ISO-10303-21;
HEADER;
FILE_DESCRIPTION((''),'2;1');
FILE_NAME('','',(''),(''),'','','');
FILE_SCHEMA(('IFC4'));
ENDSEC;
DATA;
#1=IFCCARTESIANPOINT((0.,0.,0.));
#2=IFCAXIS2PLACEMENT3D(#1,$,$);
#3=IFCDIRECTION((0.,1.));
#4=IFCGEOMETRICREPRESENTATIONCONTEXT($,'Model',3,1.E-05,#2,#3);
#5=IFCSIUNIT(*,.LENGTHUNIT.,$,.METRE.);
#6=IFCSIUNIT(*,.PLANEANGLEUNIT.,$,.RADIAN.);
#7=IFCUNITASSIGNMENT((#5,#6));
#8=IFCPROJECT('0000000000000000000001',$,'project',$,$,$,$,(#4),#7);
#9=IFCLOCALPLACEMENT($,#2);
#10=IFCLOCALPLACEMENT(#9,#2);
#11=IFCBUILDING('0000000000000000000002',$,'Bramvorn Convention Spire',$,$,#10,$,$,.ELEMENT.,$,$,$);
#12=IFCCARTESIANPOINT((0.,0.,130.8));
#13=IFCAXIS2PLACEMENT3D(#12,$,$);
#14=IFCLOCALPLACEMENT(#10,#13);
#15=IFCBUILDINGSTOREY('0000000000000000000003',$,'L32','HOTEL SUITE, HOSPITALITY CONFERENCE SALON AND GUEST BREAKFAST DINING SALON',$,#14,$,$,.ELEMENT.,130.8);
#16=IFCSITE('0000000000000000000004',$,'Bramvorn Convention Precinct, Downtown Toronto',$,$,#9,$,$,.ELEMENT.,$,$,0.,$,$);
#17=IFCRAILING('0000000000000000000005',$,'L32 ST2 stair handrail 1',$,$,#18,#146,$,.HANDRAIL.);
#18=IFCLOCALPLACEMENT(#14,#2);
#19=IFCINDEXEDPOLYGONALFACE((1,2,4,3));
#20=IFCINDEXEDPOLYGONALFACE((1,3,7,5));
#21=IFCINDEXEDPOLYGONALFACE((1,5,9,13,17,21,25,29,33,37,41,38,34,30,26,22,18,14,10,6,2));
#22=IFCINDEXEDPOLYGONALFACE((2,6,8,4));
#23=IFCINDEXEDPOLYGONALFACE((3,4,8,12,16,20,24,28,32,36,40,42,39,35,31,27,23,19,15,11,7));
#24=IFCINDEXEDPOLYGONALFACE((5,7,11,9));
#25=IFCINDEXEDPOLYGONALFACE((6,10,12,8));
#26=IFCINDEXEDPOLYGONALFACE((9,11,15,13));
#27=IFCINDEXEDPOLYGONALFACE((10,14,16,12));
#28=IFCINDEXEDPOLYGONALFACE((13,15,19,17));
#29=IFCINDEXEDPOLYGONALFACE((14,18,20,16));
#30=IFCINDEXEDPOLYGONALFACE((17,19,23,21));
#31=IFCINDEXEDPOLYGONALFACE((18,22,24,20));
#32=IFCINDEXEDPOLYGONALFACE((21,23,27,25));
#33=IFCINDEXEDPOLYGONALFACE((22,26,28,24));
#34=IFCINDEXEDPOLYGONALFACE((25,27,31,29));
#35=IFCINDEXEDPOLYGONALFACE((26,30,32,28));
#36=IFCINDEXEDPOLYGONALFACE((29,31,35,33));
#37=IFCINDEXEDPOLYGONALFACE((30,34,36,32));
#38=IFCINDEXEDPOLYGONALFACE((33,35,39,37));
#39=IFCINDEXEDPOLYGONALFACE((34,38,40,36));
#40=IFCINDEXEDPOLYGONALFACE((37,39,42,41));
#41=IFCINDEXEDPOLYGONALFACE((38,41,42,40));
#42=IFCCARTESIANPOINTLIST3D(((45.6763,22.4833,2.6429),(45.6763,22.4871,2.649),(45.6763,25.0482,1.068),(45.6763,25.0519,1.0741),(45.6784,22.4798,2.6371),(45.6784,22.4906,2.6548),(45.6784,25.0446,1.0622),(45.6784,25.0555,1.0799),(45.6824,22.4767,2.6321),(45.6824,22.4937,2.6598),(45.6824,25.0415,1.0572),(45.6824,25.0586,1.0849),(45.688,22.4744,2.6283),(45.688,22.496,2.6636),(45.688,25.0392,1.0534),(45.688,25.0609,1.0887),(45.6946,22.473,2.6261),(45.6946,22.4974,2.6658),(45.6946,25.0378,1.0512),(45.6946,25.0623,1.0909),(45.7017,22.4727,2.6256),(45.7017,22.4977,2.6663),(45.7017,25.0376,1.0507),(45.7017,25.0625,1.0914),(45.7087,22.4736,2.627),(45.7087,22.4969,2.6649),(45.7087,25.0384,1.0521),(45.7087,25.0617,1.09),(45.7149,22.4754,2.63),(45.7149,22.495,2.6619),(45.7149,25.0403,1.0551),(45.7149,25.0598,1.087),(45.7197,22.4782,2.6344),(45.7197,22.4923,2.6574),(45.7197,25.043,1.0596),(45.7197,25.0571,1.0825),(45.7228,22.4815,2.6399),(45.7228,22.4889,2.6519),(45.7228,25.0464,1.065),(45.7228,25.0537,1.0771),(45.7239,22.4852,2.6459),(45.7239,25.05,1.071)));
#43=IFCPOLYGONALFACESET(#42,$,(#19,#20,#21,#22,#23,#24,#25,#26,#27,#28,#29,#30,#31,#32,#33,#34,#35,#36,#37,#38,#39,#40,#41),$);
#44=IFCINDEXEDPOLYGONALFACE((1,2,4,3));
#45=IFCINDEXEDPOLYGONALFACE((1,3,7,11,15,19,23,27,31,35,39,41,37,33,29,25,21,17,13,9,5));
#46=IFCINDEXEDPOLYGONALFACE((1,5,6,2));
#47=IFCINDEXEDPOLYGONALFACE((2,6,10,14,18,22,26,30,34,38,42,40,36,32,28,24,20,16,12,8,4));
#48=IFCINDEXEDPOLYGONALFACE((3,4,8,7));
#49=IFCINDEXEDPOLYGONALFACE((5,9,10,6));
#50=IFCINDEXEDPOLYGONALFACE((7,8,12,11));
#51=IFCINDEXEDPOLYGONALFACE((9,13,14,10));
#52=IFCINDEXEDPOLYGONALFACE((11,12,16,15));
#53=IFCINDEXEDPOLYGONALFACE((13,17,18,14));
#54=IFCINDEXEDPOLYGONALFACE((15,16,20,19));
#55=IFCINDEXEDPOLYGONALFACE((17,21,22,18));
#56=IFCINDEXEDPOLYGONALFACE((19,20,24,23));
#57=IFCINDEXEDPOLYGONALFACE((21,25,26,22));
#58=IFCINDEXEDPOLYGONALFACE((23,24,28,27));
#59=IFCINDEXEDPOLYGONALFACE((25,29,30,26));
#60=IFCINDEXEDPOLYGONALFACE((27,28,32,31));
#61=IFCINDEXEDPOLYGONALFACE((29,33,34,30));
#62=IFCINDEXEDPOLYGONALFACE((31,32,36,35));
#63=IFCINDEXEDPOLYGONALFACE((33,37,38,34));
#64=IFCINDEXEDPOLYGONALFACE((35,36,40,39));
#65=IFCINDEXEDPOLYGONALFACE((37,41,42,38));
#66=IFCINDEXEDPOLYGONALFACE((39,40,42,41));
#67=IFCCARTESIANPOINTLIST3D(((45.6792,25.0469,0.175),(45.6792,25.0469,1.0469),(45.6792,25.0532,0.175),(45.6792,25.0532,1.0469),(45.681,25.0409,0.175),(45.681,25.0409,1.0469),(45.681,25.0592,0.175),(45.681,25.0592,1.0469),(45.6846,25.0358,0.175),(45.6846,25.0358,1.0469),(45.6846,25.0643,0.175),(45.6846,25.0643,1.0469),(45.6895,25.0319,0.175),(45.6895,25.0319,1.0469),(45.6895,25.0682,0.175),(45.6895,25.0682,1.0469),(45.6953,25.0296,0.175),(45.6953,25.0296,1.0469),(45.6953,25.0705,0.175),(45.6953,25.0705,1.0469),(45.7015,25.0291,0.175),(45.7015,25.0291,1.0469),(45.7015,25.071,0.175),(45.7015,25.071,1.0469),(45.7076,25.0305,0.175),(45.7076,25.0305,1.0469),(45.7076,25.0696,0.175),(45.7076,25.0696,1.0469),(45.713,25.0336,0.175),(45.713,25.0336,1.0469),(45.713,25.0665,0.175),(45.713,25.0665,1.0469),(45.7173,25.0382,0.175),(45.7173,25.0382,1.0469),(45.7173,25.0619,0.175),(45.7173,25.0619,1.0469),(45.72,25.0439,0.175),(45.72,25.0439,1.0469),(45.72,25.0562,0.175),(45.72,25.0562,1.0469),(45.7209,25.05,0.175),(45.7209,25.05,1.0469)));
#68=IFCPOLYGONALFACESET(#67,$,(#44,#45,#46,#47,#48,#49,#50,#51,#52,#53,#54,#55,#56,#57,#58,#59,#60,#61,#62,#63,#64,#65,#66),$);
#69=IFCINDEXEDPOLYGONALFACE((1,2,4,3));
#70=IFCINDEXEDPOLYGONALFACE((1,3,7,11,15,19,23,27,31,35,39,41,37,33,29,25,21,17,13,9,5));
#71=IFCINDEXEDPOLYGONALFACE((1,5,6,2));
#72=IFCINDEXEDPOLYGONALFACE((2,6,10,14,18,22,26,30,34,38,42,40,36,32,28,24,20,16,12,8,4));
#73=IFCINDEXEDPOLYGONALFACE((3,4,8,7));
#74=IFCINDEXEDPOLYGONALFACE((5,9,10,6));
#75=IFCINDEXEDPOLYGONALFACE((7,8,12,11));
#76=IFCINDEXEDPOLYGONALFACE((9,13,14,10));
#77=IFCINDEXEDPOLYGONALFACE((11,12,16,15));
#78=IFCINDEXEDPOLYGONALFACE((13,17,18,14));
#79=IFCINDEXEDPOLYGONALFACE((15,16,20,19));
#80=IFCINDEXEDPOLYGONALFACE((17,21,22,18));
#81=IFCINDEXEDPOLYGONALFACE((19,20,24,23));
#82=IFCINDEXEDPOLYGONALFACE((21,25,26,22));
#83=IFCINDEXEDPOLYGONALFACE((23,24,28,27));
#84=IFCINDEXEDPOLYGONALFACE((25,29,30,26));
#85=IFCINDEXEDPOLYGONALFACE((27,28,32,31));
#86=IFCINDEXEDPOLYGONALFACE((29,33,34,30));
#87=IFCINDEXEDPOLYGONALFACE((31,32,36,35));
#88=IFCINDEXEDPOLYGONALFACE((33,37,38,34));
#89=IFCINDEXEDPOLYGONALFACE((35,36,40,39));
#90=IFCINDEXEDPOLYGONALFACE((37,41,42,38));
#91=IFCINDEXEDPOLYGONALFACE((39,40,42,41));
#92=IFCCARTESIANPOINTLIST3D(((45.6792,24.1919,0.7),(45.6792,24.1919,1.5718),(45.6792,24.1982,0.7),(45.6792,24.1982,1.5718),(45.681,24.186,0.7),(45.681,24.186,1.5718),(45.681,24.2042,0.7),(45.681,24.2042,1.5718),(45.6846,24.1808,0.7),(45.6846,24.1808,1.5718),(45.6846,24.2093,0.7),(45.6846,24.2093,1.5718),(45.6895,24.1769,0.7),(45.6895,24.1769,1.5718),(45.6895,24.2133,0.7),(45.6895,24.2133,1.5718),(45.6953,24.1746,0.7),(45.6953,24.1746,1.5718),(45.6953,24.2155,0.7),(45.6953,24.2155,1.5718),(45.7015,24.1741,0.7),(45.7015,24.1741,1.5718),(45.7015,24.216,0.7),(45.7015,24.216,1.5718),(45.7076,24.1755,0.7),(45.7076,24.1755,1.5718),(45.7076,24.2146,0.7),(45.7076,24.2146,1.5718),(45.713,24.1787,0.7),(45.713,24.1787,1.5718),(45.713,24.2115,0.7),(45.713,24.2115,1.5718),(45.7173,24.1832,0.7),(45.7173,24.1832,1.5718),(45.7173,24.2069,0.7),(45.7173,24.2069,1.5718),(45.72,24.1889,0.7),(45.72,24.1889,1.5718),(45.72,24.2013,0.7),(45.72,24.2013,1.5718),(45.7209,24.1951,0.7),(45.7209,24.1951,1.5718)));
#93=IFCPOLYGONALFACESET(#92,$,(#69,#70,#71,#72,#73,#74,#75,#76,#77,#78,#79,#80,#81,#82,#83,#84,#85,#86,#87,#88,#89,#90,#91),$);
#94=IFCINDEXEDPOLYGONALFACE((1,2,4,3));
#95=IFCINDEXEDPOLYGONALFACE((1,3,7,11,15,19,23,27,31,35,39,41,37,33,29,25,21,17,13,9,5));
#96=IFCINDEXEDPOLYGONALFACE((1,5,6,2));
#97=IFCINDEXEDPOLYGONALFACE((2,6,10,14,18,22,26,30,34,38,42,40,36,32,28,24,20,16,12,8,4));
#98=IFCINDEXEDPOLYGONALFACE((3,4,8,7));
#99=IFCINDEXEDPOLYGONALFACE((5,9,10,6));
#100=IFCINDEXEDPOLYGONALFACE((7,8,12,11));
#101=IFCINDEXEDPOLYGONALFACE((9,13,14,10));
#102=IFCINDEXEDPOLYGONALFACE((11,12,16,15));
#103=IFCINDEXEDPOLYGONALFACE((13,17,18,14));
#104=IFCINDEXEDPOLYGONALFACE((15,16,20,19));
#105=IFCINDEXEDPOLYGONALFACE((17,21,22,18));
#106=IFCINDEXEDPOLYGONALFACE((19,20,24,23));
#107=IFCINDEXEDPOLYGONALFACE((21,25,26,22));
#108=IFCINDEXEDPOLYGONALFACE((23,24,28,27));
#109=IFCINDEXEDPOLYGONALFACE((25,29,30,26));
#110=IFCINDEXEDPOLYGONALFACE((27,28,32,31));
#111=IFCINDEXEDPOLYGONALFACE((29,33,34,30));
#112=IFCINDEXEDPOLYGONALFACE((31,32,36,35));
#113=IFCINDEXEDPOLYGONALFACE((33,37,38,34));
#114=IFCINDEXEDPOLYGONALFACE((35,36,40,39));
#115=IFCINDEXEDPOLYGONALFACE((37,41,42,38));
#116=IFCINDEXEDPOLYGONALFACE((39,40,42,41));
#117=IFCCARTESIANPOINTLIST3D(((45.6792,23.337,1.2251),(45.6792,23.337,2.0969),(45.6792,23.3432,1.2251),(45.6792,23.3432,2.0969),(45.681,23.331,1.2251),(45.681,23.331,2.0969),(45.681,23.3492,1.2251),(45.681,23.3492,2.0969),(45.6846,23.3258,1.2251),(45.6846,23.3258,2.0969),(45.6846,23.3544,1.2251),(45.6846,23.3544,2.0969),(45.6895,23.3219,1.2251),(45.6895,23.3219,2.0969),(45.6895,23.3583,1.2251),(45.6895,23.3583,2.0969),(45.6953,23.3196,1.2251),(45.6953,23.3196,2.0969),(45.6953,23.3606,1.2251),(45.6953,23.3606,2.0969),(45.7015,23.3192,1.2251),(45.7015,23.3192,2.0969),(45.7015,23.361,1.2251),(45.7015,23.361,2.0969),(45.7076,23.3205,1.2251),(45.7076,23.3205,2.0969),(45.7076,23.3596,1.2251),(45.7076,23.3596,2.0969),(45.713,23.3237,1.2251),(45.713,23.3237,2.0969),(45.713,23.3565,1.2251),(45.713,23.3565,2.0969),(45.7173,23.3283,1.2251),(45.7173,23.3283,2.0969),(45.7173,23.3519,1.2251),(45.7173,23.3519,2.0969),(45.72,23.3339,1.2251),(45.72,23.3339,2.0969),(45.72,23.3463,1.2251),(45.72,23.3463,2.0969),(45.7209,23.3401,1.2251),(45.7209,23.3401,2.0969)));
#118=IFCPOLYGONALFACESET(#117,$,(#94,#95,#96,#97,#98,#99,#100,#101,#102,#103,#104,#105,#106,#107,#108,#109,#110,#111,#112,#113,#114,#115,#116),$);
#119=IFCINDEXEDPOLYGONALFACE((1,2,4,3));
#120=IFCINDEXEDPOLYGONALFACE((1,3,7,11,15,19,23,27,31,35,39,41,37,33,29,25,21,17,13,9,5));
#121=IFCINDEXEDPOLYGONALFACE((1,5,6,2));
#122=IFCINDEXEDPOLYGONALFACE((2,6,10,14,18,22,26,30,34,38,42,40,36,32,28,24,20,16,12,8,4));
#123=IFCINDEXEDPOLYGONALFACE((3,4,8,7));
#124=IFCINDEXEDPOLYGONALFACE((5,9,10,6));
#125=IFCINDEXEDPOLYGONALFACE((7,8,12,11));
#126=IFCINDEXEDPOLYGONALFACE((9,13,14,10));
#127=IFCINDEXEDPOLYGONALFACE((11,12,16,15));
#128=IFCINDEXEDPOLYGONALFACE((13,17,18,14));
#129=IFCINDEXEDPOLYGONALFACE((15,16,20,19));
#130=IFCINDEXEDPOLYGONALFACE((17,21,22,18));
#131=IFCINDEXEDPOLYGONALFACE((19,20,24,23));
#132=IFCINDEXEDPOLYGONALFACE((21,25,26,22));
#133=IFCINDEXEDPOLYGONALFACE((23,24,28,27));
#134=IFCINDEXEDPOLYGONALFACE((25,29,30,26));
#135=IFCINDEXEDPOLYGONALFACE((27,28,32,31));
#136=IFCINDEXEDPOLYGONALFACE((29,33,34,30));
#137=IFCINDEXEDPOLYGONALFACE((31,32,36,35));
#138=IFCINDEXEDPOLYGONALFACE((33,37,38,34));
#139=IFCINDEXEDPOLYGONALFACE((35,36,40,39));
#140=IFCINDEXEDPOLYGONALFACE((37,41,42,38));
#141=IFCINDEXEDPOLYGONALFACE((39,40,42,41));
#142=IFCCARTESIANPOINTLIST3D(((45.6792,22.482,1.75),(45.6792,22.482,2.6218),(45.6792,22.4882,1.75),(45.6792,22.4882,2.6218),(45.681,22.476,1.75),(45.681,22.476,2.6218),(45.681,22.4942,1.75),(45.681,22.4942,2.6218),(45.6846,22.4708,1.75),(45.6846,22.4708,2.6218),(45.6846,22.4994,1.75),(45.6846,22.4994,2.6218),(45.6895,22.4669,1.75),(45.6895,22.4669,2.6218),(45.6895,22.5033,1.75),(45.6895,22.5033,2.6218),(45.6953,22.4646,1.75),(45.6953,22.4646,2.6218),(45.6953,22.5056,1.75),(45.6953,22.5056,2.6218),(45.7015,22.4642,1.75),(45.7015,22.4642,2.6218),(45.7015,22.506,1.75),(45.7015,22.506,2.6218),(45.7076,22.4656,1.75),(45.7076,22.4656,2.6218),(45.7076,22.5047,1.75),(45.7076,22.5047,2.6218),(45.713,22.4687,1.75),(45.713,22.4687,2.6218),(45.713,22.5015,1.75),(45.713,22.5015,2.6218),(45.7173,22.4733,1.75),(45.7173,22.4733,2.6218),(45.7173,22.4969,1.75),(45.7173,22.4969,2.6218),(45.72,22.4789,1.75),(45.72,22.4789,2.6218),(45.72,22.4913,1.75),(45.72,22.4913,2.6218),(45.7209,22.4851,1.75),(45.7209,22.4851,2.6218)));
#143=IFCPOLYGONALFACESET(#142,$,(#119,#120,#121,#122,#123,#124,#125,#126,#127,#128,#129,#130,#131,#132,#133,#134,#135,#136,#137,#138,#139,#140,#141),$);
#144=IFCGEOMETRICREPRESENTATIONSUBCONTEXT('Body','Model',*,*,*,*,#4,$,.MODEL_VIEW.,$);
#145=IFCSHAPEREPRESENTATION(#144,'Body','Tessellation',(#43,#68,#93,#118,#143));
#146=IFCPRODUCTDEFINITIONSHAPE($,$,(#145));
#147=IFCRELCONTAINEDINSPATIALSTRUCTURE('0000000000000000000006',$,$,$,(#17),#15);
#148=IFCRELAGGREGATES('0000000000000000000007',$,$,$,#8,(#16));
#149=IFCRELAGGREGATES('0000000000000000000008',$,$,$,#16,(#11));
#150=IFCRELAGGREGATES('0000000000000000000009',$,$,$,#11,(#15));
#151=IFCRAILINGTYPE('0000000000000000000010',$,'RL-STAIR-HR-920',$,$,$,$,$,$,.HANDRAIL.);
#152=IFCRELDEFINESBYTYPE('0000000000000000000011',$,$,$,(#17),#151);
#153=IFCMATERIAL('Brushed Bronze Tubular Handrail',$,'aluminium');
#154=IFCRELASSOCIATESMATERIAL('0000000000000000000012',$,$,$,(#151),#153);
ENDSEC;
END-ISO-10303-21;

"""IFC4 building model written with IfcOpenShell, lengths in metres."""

from ifc_helpers import new_model, si_unit, direction, frame, origin, origin_2d, place, context, subcontext, project, spatial, circle, extrude, material, type_object, element, save


model = new_model("IFC4")

# Units and contexts
model_context = context("Model", 3, precision=1e-05, world=origin(), true_north=direction((0.0, 1.0)))
body_context = subcontext(model_context, "Body", "Model", "MODEL_VIEW")
ifc_project = project(units=[si_unit("LENGTHUNIT", "METRE"), si_unit("PLANEANGLEUNIT", "RADIAN")], contexts=[model_context])

# Site, building, storey
site_placement = place(None, origin())
site = spatial("IfcSite", under=ifc_project, at=site_placement, Name="Bramvorn Convention Precinct, Downtown Toronto", CompositionType="ELEMENT", RefElevation=0.0)
building_placement = place(site_placement, origin())
building = spatial("IfcBuilding", under=site, at=building_placement, Name="Bramvorn Convention Spire", CompositionType="ELEMENT")
storey_placement = place(building_placement, frame((0.0, 0.0, 130.8)))
storey = spatial("IfcBuildingStorey", under=building, at=storey_placement, Name="L32", Description="HOTEL SUITE, HOSPITALITY CONFERENCE SALON AND GUEST BREAKFAST DINING SALON", CompositionType="ELEMENT", Elevation=130.8)

# Railing
ifc_material_1 = material(Name="Brushed Bronze Tubular Handrail", Category="aluminium")
railing_type_1 = type_object("IfcRailingType", Name="RL-STAIR-HR-920", PredefinedType="HANDRAIL", material=ifc_material_1)
railing_1_placement = place(storey_placement, frame((45.7, 25.05, 0.175)))
element("IfcRailing", 1, at=railing_1_placement, inside=storey, type_object=railing_type_1, Name="L32 ST2 stair handrail 1", PredefinedType="HANDRAIL", context=body_context, shape_type="SweptSolid", body=[
    extrude(circle(Radius=0.0239, at=origin_2d()), frame((0.0, 0.0, 0.896), z_axis=(0.0, -0.852173, 0.52326), x_axis=(1.0, 0.0, 0.0)), (0.0, 0.0, 1.0), 3.0098),
    extrude(circle(Radius=0.021, at=origin_2d()), origin(), (0.0, 0.0, 1.0), 0.8718),
    extrude(circle(Radius=0.021, at=origin_2d()), frame((0.0, -0.855, 0.5249)), (0.0, 0.0, 1.0), 0.8718),
    extrude(circle(Radius=0.021, at=origin_2d()), frame((0.0, -1.71, 1.05)), (0.0, 0.0, 1.0), 0.8718),
    extrude(circle(Radius=0.021, at=origin_2d()), frame((0.0, -2.5649, 1.575)), (0.0, 0.0, 1.0), 0.8718),
])

save(model, "model.ifc")
